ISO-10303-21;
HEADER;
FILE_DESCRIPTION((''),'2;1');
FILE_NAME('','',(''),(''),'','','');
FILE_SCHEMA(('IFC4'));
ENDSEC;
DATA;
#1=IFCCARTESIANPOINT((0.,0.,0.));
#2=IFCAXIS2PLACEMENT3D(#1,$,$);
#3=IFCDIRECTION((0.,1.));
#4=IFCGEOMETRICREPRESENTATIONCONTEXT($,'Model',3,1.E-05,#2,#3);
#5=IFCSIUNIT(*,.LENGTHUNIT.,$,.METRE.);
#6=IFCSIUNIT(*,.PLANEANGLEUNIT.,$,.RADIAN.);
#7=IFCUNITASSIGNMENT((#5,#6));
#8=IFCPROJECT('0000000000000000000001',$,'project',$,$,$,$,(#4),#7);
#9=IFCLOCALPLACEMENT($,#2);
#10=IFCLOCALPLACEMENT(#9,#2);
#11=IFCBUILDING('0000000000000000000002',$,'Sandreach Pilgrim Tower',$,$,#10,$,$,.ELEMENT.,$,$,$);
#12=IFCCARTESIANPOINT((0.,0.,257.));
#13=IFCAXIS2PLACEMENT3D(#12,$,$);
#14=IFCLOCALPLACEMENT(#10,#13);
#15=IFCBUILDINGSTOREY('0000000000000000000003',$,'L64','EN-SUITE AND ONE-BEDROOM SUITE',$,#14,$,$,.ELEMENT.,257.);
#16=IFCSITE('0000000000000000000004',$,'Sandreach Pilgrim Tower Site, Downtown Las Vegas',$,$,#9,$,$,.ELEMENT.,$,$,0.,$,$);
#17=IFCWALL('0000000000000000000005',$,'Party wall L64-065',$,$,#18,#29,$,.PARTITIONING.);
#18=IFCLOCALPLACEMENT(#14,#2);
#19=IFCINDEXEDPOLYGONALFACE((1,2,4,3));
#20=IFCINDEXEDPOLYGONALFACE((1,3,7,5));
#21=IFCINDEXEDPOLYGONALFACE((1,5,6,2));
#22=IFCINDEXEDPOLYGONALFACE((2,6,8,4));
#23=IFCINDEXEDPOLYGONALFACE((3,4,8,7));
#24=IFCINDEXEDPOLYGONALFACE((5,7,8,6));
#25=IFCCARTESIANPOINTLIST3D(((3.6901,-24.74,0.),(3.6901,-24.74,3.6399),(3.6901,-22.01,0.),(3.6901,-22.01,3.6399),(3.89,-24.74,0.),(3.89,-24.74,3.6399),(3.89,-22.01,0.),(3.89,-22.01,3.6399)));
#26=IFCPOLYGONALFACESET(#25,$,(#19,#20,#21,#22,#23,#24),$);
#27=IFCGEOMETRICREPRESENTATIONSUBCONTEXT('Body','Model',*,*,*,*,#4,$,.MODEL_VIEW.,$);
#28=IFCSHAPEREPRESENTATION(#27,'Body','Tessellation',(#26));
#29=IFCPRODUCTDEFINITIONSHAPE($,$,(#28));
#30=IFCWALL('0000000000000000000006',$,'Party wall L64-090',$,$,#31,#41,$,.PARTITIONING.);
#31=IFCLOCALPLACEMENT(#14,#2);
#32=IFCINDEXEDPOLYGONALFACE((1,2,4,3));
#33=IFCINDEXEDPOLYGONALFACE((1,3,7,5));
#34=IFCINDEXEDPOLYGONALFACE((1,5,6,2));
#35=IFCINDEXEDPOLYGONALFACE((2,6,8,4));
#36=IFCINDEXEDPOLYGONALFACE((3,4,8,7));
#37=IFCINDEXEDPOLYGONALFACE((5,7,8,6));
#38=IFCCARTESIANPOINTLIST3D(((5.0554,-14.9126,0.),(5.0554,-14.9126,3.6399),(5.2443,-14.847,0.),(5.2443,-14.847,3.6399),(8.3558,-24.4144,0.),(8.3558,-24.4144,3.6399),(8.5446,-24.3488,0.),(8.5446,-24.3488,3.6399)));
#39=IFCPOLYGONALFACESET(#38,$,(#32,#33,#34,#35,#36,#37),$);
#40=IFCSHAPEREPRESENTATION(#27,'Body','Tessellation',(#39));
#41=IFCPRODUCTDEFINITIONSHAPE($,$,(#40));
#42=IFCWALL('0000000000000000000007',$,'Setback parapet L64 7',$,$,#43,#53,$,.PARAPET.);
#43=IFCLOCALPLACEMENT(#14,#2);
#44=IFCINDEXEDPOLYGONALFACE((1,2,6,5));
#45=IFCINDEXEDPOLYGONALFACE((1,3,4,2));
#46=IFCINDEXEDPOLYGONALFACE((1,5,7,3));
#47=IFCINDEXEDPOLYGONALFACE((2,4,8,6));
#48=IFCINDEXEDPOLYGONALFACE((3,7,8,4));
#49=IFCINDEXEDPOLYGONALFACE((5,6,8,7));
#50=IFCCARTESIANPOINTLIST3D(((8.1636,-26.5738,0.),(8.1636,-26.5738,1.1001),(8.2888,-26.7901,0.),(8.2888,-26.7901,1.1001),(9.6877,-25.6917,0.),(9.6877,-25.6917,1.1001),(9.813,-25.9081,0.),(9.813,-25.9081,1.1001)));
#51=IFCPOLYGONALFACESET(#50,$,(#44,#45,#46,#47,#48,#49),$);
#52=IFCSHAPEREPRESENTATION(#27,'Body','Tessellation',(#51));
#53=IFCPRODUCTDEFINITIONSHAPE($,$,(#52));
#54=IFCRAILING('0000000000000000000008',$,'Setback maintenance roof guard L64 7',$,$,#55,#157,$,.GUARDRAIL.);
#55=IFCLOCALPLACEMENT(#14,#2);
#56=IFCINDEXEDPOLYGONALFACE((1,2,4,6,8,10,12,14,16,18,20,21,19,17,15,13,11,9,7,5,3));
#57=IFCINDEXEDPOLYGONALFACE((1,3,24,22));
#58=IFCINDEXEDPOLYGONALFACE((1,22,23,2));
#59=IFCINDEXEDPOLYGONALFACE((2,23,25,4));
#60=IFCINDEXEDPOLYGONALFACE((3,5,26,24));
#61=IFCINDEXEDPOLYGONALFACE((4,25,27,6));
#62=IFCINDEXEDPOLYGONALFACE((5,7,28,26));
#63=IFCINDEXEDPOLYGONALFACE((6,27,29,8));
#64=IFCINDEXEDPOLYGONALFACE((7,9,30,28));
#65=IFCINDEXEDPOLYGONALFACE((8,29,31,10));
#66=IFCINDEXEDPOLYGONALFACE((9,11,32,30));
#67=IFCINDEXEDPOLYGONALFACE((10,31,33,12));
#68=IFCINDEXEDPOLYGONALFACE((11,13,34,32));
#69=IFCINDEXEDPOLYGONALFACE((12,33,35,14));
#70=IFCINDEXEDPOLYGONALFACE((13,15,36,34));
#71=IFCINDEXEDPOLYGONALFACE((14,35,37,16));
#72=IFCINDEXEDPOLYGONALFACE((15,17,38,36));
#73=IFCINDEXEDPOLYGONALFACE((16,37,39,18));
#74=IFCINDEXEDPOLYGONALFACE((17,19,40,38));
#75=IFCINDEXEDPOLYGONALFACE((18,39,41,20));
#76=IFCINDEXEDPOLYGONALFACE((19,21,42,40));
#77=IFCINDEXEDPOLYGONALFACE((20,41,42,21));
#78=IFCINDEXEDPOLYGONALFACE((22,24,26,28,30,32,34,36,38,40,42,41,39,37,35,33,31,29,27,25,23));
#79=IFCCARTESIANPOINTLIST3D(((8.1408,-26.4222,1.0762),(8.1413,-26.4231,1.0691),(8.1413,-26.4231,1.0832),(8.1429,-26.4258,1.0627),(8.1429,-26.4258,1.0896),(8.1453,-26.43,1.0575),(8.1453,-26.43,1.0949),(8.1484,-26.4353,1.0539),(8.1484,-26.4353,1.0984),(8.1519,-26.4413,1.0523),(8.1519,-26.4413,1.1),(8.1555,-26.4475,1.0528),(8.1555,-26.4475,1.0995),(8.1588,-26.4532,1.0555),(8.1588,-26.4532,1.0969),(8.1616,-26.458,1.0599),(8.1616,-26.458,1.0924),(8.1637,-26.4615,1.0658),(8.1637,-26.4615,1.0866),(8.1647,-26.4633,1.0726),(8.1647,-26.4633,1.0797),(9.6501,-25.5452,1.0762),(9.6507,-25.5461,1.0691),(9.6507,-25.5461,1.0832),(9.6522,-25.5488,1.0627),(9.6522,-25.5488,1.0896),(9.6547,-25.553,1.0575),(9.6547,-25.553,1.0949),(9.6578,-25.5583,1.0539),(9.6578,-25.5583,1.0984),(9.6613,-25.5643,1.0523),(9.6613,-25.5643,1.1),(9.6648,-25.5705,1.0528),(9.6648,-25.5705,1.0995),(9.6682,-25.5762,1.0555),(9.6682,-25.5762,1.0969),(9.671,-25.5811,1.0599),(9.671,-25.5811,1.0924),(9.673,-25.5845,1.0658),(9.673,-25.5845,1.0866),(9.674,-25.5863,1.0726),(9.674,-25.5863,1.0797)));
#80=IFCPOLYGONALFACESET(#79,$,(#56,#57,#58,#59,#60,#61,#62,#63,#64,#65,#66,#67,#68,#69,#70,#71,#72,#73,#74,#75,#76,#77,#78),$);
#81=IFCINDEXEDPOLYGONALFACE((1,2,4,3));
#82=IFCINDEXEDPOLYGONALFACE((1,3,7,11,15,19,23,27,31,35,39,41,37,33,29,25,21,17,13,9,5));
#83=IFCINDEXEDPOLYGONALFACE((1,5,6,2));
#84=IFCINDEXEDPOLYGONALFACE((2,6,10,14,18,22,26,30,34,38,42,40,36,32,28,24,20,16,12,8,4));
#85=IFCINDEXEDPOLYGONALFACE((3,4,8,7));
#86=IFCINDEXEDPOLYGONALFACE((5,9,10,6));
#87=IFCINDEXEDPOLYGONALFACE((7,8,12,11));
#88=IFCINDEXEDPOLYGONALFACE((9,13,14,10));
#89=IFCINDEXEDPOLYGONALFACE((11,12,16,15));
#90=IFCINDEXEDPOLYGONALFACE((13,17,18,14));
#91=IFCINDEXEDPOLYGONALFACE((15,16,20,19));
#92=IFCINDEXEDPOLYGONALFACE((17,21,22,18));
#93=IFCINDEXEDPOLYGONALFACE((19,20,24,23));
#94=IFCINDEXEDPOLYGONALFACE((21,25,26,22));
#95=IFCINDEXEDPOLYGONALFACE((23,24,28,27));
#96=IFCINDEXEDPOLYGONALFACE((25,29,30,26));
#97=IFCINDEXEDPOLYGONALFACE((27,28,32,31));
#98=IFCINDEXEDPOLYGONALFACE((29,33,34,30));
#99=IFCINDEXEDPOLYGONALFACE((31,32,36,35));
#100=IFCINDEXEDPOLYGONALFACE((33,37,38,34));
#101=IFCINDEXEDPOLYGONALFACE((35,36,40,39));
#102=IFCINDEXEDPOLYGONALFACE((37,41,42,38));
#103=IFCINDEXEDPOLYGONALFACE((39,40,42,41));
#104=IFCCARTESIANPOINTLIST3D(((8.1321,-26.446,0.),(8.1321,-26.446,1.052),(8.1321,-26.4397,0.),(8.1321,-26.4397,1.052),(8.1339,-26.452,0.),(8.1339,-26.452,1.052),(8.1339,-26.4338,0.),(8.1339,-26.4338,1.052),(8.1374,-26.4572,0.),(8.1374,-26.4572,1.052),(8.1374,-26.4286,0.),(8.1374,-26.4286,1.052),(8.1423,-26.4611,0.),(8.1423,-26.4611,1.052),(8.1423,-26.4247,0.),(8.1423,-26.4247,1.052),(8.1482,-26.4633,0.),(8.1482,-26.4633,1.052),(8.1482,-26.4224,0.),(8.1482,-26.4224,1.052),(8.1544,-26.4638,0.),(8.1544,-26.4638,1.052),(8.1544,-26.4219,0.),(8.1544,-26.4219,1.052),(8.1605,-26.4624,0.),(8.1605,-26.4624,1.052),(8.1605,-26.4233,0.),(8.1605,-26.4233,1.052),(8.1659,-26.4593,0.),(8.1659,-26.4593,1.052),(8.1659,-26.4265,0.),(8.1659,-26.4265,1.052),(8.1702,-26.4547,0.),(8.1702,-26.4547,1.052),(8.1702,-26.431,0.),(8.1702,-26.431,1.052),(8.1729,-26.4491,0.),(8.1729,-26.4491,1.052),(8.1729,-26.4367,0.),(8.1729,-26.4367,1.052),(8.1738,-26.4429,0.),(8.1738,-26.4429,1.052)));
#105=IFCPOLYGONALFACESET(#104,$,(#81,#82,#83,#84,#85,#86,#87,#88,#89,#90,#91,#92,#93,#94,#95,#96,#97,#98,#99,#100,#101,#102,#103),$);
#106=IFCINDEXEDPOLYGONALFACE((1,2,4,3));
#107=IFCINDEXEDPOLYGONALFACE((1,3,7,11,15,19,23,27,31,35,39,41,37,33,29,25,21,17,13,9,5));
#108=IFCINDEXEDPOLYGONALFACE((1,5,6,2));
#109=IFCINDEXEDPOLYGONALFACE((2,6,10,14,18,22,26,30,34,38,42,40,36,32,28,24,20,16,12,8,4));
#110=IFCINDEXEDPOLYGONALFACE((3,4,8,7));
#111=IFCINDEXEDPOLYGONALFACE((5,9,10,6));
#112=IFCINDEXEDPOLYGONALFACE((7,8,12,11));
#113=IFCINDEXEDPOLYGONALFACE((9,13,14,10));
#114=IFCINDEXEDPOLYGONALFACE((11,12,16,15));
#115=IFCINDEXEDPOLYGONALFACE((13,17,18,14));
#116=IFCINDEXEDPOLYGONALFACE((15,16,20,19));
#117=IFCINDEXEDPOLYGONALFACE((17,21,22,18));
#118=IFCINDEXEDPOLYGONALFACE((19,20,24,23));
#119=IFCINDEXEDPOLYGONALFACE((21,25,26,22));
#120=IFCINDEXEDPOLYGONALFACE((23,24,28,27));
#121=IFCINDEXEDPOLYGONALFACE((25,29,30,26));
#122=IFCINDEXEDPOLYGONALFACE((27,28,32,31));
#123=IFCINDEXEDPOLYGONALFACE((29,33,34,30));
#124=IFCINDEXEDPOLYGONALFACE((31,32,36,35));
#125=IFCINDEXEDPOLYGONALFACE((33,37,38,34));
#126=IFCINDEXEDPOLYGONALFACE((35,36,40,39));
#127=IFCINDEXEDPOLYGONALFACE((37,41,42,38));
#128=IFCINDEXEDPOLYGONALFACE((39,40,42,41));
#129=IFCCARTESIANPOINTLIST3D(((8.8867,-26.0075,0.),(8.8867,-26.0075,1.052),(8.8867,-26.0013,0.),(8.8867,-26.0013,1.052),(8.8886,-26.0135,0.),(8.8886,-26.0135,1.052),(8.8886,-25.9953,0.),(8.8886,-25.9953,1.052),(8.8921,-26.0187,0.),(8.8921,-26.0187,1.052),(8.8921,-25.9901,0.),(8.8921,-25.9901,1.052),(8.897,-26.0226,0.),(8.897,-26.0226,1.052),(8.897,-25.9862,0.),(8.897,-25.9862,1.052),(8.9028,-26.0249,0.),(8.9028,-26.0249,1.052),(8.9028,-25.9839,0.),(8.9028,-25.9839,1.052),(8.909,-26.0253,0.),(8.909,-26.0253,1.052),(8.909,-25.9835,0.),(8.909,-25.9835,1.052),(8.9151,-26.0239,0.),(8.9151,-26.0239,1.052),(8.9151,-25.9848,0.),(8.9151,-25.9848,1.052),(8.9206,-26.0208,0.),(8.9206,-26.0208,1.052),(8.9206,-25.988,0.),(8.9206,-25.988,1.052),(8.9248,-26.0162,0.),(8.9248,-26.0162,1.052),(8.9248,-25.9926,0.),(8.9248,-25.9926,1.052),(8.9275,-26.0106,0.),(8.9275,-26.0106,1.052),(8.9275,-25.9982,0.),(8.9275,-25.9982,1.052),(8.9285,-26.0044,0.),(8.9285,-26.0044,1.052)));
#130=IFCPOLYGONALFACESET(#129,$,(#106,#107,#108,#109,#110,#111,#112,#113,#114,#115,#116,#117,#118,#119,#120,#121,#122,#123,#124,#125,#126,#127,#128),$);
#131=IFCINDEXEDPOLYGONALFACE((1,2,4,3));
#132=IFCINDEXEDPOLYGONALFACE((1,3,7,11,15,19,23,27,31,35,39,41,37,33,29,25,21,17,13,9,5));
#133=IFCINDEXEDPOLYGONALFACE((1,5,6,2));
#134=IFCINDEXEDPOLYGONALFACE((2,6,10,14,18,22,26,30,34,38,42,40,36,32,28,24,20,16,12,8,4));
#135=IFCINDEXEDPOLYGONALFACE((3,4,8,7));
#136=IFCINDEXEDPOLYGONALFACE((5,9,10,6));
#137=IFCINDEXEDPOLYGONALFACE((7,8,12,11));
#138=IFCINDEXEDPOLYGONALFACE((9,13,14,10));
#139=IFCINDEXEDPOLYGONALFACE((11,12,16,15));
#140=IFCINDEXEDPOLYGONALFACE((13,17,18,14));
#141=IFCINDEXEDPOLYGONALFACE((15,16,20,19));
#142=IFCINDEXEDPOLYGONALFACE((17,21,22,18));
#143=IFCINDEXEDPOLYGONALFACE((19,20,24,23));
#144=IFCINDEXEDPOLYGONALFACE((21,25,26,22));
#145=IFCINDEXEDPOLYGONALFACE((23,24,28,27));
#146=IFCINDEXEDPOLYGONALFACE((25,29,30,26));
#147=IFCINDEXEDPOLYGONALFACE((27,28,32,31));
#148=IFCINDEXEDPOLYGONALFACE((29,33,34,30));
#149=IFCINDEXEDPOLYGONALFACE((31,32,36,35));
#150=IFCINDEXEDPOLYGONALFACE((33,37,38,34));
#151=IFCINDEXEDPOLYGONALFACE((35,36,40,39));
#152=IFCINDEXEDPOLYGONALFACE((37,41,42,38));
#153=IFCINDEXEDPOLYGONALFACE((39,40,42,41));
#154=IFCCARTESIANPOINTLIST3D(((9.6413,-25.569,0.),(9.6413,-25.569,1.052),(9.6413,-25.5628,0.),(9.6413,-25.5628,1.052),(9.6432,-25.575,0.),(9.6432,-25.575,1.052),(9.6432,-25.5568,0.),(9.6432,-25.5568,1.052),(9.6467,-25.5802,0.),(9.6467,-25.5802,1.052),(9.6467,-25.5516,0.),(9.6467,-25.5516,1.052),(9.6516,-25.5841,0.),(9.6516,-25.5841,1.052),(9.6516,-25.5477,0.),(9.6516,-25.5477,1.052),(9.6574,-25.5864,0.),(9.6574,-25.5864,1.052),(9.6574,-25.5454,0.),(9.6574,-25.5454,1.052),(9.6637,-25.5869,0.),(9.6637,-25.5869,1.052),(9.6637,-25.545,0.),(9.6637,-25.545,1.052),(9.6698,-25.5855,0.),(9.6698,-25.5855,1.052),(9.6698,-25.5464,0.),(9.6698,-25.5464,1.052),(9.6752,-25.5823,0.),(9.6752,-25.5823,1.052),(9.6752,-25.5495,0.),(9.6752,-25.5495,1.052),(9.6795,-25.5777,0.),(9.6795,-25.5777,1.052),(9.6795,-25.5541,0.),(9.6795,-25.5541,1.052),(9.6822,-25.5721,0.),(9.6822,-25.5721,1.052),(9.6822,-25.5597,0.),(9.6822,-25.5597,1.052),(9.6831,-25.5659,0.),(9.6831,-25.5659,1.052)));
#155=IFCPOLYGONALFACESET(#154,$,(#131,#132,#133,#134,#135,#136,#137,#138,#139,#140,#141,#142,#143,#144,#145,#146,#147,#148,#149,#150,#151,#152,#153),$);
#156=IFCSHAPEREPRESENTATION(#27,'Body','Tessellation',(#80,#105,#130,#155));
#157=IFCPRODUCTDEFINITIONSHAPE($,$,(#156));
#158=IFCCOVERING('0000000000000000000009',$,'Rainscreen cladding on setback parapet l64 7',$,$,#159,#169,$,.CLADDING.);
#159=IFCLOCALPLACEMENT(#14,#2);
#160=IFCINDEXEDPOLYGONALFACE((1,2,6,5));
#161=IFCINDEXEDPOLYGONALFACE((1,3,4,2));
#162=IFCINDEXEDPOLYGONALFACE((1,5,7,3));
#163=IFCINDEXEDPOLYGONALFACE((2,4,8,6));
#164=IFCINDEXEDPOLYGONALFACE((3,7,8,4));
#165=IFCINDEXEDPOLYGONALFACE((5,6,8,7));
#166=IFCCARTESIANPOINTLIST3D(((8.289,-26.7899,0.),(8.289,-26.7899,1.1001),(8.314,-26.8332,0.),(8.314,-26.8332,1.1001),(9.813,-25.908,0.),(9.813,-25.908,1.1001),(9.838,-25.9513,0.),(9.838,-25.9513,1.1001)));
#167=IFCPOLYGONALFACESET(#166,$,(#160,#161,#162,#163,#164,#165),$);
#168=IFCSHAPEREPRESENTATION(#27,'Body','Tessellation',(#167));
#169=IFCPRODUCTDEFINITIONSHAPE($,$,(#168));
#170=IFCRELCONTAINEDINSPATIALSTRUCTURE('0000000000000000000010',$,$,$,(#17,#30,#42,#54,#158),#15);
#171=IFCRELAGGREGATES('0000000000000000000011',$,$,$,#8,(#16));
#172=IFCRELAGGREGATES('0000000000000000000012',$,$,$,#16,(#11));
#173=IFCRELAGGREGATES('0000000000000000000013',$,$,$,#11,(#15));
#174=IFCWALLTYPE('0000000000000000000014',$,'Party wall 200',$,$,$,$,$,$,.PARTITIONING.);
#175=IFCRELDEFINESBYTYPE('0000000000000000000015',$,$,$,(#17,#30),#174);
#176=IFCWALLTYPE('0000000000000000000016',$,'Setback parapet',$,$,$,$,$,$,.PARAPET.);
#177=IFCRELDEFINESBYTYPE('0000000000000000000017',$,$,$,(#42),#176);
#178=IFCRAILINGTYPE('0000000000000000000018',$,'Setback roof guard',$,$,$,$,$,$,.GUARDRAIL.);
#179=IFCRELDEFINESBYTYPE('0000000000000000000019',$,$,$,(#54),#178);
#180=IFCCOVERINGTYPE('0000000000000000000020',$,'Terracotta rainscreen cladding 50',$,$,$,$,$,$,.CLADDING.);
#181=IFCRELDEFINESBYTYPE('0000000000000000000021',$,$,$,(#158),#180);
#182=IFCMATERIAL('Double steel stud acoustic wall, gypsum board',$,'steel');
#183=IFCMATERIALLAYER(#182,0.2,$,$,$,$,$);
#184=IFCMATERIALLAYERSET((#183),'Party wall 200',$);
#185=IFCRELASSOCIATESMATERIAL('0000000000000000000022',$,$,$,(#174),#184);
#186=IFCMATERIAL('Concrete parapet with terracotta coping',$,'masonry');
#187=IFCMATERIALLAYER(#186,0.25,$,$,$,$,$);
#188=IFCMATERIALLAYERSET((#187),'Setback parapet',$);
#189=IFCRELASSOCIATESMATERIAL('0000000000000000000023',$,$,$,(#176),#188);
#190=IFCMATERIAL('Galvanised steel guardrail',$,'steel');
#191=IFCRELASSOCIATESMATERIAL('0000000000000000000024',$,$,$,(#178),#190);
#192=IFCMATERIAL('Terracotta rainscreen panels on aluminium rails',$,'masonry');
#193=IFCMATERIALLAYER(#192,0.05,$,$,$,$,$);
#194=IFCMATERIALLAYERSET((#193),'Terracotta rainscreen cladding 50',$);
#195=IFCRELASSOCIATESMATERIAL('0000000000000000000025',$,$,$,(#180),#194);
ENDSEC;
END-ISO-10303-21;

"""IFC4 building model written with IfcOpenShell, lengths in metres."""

from ifc_helpers import new_model, si_unit, direction, frame, frame_2d, origin, origin_2d, place, context, subcontext, project, spatial, rectangle, circle, extrude, material, layer, layer_set, type_object, element, save


model = new_model("IFC4")

# Units and contexts
model_context = context("Model", 3, precision=1e-05, world=origin(), true_north=direction((0.0, 1.0)))
body_context = subcontext(model_context, "Body", "Model", "MODEL_VIEW")
ifc_project = project(units=[si_unit("LENGTHUNIT", "METRE"), si_unit("PLANEANGLEUNIT", "RADIAN")], contexts=[model_context])

# Site, building, storey
site_placement = place(None, origin())
site = spatial("IfcSite", under=ifc_project, at=site_placement, Name="Sandreach Pilgrim Tower Site, Downtown Las Vegas", CompositionType="ELEMENT", RefElevation=0.0)
building_placement = place(site_placement, origin())
building = spatial("IfcBuilding", under=site, at=building_placement, Name="Sandreach Pilgrim Tower", CompositionType="ELEMENT")
storey_placement = place(building_placement, frame((0.0, 0.0, 257.0)))
storey = spatial("IfcBuildingStorey", under=building, at=storey_placement, Name="L64", Description="EN-SUITE AND ONE-BEDROOM SUITE", CompositionType="ELEMENT", Elevation=257.0)

# Walls
ifc_material_1 = material(Name="Double steel stud acoustic wall, gypsum board", Category="steel")
ifc_layer_1 = layer(ifc_material_1, 0.2)
ifc_layer_set_1 = layer_set([ifc_layer_1], Name="Party wall 200")
wall_type_1 = type_object("IfcWallType", Name="Party wall 200", PredefinedType="PARTITIONING", material=ifc_layer_set_1)
wall_1_placement = place(storey_placement, frame((3.79, -24.74, 0.0), z_axis=(0.0, 0.0, 1.0), x_axis=(0.0, 1.0, 0.0)))
element("IfcWall", 1, at=wall_1_placement, inside=storey, type_object=wall_type_1, Name="Party wall L64-065", PredefinedType="PARTITIONING", context=body_context, shape_type="SweptSolid", body=[
    extrude(rectangle(XDim=2.73, YDim=0.2, at=frame_2d((1.365, 0.0))), origin(), (0.0, 0.0, 1.0), 3.6399),
])
wall_2_placement = place(storey_placement, frame((8.4502, -24.3816, 0.0), z_axis=(0.0, 0.0, 1.0), x_axis=(-0.328108, 0.94464, 0.0)))
element("IfcWall", 2, at=wall_2_placement, inside=storey, type_object=wall_type_1, Name="Party wall L64-090", PredefinedType="PARTITIONING", context=body_context, shape_type="SweptSolid", body=[
    extrude(rectangle(XDim=10.0586, YDim=0.2, at=frame_2d((5.0293, 0.0))), origin(), (0.0, 0.0, 1.0), 3.6399),
])
ifc_material_2 = material(Name="Concrete parapet with terracotta coping", Category="masonry")
ifc_layer_2 = layer(ifc_material_2, 0.25)
ifc_layer_set_2 = layer_set([ifc_layer_2], Name="Setback parapet")
wall_type_2 = type_object("IfcWallType", Name="Setback parapet", PredefinedType="PARAPET", material=ifc_layer_set_2)
wall_3_placement = place(storey_placement, frame((8.2263, -26.6819, 0.0), z_axis=(0.0, 0.0, 1.0), x_axis=(0.865509, 0.500894, 0.0)))
element("IfcWall", 3, at=wall_3_placement, inside=storey, type_object=wall_type_2, Name="Setback parapet L64 7", PredefinedType="PARAPET", context=body_context, shape_type="SweptSolid", body=[
    extrude(rectangle(XDim=1.761, YDim=0.25, at=frame_2d((0.8804, 0.0))), origin(), (0.0, 0.0, 1.0), 1.1001),
])

# Railing
ifc_material_3 = material(Name="Galvanised steel guardrail", Category="steel")
railing_type = type_object("IfcRailingType", Name="Setback roof guard", PredefinedType="GUARDRAIL", material=ifc_material_3)
railing_placement = place(storey_placement, frame((8.1528, -26.4429, 0.0)))
element("IfcRailing", 4, at=railing_placement, inside=storey, type_object=railing_type, Name="Setback maintenance roof guard L64 7", PredefinedType="GUARDRAIL", context=body_context, shape_type="SweptSolid", body=[
    extrude(circle(Radius=0.0239, at=origin_2d()), frame((0.0, 0.0, 1.0762), z_axis=(0.86464, 0.502392, 0.0), x_axis=(-0.502392, 0.86464, 0.0)), (0.0, 0.0, 1.0), 1.7456),
    extrude(circle(Radius=0.021, at=origin_2d()), origin(), (0.0, 0.0, 1.0), 1.052),
    extrude(circle(Radius=0.021, at=origin_2d()), frame((0.7546, 0.4385, 0.0)), (0.0, 0.0, 1.0), 1.052),
    extrude(circle(Radius=0.021, at=origin_2d()), frame((1.5093, 0.877, 0.0)), (0.0, 0.0, 1.0), 1.052),
])

# Covering
ifc_material_4 = material(Name="Terracotta rainscreen panels on aluminium rails", Category="masonry")
ifc_layer_3 = layer(ifc_material_4, 0.05)
ifc_layer_set_3 = layer_set([ifc_layer_3], Name="Terracotta rainscreen cladding 50")
covering_type = type_object("IfcCoveringType", Name="Terracotta rainscreen cladding 50", PredefinedType="CLADDING", material=ifc_layer_set_3)
covering_placement = place(storey_placement, frame((8.3015, -26.8115, 0.0), z_axis=(0.0, 0.0, 1.0), x_axis=(0.865534, 0.50085, 0.0)))
element("IfcCovering", 5, at=covering_placement, inside=storey, type_object=covering_type, Name="Rainscreen cladding on setback parapet l64 7", PredefinedType="CLADDING", context=body_context, shape_type="SweptSolid", body=[
    extrude(rectangle(XDim=1.7607, YDim=0.05, at=frame_2d((0.8804, 0.0))), origin(), (0.0, 0.0, 1.0), 1.1001),
])

save(model, "model.ifc")
